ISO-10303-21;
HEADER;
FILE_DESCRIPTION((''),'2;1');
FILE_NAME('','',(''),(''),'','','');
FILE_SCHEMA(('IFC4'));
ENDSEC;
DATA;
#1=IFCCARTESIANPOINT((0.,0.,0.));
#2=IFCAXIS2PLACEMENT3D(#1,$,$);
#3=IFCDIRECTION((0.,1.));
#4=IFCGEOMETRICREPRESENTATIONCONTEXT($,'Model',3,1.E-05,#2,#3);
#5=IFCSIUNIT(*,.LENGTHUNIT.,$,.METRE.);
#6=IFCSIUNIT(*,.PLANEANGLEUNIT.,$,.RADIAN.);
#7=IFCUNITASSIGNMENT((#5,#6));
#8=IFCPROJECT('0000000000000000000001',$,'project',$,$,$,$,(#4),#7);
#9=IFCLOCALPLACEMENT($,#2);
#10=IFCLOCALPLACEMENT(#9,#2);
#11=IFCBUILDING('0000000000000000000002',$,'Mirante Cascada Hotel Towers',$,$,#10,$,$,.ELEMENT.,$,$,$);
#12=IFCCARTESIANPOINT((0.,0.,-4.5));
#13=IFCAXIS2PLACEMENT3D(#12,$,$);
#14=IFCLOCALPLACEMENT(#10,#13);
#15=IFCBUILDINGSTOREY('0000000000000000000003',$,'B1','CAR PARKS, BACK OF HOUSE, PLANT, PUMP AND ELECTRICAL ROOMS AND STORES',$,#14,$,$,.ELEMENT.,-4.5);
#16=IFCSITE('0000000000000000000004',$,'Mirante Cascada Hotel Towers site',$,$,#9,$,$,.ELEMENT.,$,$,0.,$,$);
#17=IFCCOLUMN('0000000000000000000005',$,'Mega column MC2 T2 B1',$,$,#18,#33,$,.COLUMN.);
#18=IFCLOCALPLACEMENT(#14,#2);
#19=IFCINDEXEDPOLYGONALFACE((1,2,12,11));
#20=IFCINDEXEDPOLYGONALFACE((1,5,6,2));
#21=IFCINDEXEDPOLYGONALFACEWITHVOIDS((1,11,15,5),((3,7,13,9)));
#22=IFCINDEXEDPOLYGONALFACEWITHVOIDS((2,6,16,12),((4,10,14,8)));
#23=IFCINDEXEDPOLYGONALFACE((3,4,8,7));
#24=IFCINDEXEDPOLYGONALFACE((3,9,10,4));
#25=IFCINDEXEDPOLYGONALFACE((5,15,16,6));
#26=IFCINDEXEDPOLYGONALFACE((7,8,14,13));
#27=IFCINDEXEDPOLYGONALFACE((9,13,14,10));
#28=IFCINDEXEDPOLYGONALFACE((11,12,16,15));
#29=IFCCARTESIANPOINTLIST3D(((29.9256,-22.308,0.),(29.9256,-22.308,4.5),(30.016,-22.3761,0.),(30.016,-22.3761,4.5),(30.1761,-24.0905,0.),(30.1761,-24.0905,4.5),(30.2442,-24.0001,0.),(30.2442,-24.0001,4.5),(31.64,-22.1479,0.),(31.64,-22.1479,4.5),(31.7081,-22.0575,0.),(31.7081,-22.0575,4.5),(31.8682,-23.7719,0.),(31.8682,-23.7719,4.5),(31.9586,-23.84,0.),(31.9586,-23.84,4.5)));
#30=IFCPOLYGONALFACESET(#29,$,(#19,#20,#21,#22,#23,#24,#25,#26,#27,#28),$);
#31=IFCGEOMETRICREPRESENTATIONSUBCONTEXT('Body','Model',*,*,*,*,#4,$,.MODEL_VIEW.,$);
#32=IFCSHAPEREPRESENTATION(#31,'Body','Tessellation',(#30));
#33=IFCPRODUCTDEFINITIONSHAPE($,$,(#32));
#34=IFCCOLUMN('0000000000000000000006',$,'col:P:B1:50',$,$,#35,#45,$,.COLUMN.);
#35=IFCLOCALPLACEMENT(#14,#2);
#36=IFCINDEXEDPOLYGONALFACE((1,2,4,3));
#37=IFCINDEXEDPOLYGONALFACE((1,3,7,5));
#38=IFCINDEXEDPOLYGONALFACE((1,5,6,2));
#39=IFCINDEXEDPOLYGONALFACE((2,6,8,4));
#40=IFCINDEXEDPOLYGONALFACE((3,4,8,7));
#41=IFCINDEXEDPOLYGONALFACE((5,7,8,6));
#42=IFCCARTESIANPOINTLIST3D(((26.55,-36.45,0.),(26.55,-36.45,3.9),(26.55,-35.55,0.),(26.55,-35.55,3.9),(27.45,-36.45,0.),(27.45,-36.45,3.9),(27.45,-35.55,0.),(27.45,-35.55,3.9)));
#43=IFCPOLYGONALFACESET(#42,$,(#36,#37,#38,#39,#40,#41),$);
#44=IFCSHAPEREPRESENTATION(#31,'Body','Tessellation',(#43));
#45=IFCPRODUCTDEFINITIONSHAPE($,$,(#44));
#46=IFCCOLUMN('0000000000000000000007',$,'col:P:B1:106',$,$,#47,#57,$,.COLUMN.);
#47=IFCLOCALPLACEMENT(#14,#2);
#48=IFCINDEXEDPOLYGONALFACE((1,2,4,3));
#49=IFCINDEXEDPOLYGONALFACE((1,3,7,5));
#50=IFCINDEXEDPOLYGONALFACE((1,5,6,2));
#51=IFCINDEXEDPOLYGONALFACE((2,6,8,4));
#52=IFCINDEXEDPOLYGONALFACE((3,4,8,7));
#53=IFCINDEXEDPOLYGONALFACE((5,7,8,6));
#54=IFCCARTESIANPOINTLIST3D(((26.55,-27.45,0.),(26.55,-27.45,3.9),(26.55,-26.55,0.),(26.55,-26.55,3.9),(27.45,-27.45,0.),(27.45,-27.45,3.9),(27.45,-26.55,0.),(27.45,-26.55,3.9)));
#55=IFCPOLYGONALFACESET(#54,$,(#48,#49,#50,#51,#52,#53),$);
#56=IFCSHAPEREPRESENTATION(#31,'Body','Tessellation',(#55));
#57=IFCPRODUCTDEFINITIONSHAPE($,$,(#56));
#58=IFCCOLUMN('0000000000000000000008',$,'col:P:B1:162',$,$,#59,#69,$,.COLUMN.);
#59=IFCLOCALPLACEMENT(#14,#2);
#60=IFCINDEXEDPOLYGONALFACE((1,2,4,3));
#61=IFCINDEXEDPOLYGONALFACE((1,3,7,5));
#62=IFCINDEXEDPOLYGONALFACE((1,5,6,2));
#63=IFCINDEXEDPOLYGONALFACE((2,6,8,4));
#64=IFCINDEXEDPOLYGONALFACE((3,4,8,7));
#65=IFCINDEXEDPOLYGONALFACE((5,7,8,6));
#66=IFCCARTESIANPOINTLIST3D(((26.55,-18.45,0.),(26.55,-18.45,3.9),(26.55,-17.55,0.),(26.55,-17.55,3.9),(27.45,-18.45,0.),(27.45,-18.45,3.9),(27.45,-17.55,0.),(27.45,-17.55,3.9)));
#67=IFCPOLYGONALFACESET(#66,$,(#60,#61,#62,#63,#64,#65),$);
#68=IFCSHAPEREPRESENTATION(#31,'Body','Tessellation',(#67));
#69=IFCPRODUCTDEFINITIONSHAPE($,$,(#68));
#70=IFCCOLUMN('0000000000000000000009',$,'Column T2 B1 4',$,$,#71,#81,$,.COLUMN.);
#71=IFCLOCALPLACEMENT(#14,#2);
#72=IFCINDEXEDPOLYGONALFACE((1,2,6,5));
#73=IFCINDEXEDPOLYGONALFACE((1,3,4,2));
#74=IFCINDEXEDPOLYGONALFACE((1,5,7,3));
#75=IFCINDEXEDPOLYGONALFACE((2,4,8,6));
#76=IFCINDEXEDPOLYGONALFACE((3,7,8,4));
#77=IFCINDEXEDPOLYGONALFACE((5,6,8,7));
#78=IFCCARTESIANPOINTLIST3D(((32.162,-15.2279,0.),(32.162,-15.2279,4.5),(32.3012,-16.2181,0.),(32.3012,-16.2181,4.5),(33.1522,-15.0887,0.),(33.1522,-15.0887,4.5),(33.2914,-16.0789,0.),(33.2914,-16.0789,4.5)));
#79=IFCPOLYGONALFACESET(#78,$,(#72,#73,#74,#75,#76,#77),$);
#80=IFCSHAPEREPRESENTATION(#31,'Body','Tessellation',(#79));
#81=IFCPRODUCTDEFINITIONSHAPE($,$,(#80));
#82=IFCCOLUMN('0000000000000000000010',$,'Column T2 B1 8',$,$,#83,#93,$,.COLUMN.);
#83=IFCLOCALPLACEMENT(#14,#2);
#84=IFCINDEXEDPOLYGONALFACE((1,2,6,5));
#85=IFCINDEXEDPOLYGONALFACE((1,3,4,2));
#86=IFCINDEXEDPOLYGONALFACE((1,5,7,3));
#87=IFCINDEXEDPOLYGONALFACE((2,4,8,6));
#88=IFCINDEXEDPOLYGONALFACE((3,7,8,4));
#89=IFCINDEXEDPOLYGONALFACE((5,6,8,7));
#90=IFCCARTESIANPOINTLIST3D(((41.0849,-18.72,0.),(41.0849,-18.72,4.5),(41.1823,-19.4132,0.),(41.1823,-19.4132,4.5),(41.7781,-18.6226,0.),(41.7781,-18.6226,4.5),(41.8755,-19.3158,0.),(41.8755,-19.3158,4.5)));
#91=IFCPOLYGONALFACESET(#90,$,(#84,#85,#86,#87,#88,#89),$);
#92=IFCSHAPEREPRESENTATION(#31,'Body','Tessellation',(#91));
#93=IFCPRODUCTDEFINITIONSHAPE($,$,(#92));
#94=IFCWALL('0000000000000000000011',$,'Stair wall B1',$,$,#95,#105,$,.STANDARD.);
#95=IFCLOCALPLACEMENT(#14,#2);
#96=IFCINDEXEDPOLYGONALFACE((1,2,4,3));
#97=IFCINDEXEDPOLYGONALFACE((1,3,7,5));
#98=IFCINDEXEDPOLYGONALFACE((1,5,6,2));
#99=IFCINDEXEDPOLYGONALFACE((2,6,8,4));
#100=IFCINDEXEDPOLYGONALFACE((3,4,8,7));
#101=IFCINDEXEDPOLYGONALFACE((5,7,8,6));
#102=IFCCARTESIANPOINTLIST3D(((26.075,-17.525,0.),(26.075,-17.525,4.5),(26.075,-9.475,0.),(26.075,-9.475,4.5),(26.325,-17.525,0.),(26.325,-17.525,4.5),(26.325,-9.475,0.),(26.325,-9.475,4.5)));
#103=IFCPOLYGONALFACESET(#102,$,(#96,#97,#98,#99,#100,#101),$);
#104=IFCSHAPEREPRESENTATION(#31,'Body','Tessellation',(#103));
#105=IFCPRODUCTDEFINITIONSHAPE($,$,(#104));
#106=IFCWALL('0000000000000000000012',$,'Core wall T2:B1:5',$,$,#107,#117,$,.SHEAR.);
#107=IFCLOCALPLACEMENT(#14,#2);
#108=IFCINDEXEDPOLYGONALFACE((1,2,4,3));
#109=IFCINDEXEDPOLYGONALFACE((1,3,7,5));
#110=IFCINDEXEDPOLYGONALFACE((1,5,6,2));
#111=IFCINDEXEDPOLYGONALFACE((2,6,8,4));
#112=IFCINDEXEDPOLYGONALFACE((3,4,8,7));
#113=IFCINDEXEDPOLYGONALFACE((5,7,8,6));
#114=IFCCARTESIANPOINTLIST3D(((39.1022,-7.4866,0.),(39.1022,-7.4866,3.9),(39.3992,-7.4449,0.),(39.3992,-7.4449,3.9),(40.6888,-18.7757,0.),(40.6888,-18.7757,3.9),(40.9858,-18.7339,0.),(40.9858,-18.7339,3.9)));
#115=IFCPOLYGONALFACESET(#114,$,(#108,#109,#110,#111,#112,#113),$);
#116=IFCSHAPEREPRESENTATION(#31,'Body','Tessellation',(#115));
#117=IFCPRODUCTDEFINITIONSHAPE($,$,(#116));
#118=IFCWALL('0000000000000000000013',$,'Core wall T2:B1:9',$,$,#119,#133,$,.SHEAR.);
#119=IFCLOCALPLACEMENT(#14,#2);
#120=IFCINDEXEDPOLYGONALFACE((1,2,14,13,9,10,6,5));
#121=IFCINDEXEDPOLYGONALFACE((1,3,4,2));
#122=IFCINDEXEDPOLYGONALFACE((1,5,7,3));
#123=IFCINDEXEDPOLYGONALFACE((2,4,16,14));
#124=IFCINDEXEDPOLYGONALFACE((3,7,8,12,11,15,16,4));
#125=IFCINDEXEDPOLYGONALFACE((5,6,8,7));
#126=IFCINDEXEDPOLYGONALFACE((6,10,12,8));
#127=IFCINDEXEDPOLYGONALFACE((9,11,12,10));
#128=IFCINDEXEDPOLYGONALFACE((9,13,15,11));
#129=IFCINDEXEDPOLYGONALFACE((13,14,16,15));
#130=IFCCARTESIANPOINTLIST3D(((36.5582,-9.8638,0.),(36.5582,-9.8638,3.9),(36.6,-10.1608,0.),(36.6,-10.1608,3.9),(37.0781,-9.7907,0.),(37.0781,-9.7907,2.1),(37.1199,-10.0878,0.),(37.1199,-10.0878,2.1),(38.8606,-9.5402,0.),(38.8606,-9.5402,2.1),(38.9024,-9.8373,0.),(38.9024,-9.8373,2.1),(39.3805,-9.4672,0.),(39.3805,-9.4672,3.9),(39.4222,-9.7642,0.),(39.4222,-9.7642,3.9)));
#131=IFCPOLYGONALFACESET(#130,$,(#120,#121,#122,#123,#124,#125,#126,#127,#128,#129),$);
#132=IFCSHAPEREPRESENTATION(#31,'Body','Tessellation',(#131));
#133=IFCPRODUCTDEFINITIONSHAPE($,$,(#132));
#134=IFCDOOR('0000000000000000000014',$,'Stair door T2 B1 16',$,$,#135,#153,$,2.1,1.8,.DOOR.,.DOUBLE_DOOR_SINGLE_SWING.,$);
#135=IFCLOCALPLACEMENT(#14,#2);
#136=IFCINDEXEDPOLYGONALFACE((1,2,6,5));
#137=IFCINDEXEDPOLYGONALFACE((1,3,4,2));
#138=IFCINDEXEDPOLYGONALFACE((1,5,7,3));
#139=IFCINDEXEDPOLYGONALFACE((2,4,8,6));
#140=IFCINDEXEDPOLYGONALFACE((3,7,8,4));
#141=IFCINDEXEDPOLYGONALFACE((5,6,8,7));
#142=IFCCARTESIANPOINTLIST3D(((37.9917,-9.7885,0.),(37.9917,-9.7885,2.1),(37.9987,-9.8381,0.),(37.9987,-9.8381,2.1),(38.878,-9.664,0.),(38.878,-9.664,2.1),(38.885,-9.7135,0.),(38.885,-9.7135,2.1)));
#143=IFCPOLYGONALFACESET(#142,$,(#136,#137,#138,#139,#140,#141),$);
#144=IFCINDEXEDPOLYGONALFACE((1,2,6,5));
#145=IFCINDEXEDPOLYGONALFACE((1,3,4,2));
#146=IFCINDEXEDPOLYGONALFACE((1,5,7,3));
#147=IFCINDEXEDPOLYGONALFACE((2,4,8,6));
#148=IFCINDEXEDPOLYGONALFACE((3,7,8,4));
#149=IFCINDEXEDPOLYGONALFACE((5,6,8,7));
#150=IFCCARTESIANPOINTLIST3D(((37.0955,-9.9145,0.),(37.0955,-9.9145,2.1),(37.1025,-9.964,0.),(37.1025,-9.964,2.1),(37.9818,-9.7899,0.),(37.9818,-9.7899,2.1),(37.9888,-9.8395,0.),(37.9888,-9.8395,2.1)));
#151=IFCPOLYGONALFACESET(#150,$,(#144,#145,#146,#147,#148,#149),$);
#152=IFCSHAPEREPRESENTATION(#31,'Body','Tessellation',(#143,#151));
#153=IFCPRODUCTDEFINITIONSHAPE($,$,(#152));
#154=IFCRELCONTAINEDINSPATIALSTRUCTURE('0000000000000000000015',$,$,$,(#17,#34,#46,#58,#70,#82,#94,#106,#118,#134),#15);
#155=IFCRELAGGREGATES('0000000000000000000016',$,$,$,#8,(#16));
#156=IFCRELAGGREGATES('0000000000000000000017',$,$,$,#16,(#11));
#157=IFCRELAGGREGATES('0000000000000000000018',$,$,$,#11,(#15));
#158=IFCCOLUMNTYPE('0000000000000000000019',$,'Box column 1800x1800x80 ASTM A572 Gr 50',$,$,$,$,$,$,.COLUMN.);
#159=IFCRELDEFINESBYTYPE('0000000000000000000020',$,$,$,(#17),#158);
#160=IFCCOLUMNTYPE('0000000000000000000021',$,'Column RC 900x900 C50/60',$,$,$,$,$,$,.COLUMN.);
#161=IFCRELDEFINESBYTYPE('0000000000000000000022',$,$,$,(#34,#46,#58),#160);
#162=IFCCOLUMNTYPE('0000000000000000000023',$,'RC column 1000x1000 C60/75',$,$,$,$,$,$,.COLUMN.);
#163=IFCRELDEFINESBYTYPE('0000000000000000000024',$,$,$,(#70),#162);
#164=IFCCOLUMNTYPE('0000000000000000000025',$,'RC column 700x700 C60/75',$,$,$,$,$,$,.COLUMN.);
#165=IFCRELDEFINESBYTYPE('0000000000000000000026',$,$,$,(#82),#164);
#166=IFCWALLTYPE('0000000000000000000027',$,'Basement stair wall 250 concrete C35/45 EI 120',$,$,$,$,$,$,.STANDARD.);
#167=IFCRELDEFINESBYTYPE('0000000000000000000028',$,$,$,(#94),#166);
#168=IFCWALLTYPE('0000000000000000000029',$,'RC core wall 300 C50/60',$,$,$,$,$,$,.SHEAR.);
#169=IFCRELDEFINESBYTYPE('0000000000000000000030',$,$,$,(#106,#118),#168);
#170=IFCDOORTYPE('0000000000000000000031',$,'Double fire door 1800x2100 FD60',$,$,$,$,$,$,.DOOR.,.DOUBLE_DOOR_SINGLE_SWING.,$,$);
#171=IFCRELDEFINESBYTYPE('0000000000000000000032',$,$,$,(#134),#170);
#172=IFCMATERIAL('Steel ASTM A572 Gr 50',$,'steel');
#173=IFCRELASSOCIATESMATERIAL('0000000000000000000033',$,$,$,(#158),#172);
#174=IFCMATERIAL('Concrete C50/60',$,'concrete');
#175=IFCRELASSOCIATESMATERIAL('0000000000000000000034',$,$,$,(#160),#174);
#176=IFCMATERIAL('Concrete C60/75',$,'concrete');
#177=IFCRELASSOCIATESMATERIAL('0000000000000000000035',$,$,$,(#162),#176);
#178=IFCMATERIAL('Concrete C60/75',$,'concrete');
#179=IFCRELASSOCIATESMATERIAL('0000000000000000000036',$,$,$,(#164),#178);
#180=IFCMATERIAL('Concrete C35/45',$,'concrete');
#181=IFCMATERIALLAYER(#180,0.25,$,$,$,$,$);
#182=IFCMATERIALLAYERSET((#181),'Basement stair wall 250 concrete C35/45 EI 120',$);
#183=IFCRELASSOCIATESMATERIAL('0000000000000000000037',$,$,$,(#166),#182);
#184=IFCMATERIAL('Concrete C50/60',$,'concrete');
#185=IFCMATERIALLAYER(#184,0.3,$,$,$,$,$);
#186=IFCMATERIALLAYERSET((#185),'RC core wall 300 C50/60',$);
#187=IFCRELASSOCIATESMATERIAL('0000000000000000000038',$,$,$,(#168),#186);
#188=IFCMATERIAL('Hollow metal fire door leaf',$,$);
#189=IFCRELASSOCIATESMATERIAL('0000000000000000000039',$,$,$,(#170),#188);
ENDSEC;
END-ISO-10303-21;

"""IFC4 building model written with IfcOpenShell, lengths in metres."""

from ifc_helpers import new_model, si_unit, direction, frame, frame_2d, origin, origin_2d, place, context, subcontext, project, spatial, rectangle, hollow_rectangle, extrude, material, layer, layer_set, material_profile, profile_set, type_object, element, fill, save


model = new_model("IFC4")

# Units and contexts
model_context = context("Model", 3, precision=1e-05, world=origin(), true_north=direction((0.0, 1.0)))
body_context = subcontext(model_context, "Body", "Model", "MODEL_VIEW")
ifc_project = project(units=[si_unit("LENGTHUNIT", "METRE"), si_unit("PLANEANGLEUNIT", "RADIAN")], contexts=[model_context])

# Site, building, storey
site_placement = place(None, origin())
site = spatial("IfcSite", under=ifc_project, at=site_placement, Name="Mirante Cascada Hotel Towers site", CompositionType="ELEMENT", RefElevation=0.0)
building_placement = place(site_placement, origin())
building = spatial("IfcBuilding", under=site, at=building_placement, Name="Mirante Cascada Hotel Towers", CompositionType="ELEMENT")
storey_placement = place(building_placement, frame((0.0, 0.0, -4.5)))
storey = spatial("IfcBuildingStorey", under=building, at=storey_placement, Name="B1", Description="CAR PARKS, BACK OF HOUSE, PLANT, PUMP AND ELECTRICAL ROOMS AND STORES", CompositionType="ELEMENT", Elevation=-4.5)

# Columns
ifc_material_1 = material(Name="Steel ASTM A572 Gr 50", Category="steel")
ifc_material_profile_1 = material_profile(ifc_material_1, hollow_rectangle(XDim=1.8, YDim=1.8, WallThickness=0.08, at=origin_2d()), Name="Box column 1800x1800x80 ASTM A572 Gr 50")
ifc_profile_set_1 = profile_set([ifc_material_profile_1], Name="Steel ASTM A572 Gr 50")
column_type_1 = type_object("IfcColumnType", Name="Box column 1800x1800x80 ASTM A572 Gr 50", PredefinedType="COLUMN", material=ifc_profile_set_1)
column_1_placement = place(storey_placement, frame((30.9421, -23.074, 0.0), z_axis=(0.0, 0.0, 1.0), x_axis=(0.990268, 0.139173, 0.0)))
element("IfcColumn", 1, at=column_1_placement, inside=storey, type_object=column_type_1, Name="Mega column MC2 T2 B1", PredefinedType="COLUMN", context=body_context, shape_type="SweptSolid", body=[
    extrude(hollow_rectangle(XDim=1.8, YDim=1.8, WallThickness=0.08, at=origin_2d()), origin(), (0.0, 0.0, 1.0), 4.5),
])
ifc_material_2 = material(Name="Concrete C50/60", Category="concrete")
ifc_material_profile_2 = material_profile(ifc_material_2, rectangle(XDim=0.9, YDim=0.9, at=origin_2d()), Name="RC 900x900")
ifc_profile_set_2 = profile_set([ifc_material_profile_2], Name="Concrete C50/60")
column_type_2 = type_object("IfcColumnType", Name="Column RC 900x900 C50/60", PredefinedType="COLUMN", material=ifc_profile_set_2)
for number, where, z_axis, x_axis, name in (
    (2, (27.0, -36.0, 0.0), (0.0, 0.0, 1.0), (1.0, 0.0, 0.0), "col:P:B1:50"),
    (3, (27.0, -27.0, 0.0), (0.0, 0.0, 1.0), (1.0, 0.0, 0.0), "col:P:B1:106"),
    (4, (27.0, -18.0, 0.0), (0.0, 0.0, 1.0), (1.0, 0.0, 0.0), "col:P:B1:162"),
):
    element("IfcColumn", number, at=place(storey_placement, frame(where, z_axis=z_axis, x_axis=x_axis)), inside=storey, type_object=column_type_2, Name=name, PredefinedType="COLUMN", context=body_context, shape_type="SweptSolid", body=[
        extrude(rectangle(XDim=0.9, YDim=0.9, at=origin_2d()), origin(), (0.0, 0.0, 1.0), 3.9),
    ])
ifc_material_3 = material(Name="Concrete C60/75", Category="concrete")
ifc_material_profile_3 = material_profile(ifc_material_3, rectangle(XDim=1.0, YDim=1.0, at=origin_2d()), Name="RC column 1000x1000 C60/75")
ifc_profile_set_3 = profile_set([ifc_material_profile_3], Name="Concrete C60/75")
column_type_3 = type_object("IfcColumnType", Name="RC column 1000x1000 C60/75", PredefinedType="COLUMN", material=ifc_profile_set_3)
column_2_placement = place(storey_placement, frame((32.7267, -15.6534, 0.0), z_axis=(0.0, 0.0, 1.0), x_axis=(0.990268, 0.139173, 0.0)))
element("IfcColumn", 5, at=column_2_placement, inside=storey, type_object=column_type_3, Name="Column T2 B1 4", PredefinedType="COLUMN", context=body_context, shape_type="SweptSolid", body=[
    extrude(rectangle(XDim=1.0, YDim=1.0, at=origin_2d()), origin(), (0.0, 0.0, 1.0), 4.5),
])
ifc_material_4 = material(Name="Concrete C60/75", Category="concrete")
ifc_material_profile_4 = material_profile(ifc_material_4, rectangle(XDim=0.7, YDim=0.7, at=origin_2d()), Name="RC column 700x700 C60/75")
ifc_profile_set_4 = profile_set([ifc_material_profile_4], Name="Concrete C60/75")
column_type_4 = type_object("IfcColumnType", Name="RC column 700x700 C60/75", PredefinedType="COLUMN", material=ifc_profile_set_4)
column_3_placement = place(storey_placement, frame((41.4802, -19.0179, 0.0), z_axis=(0.0, 0.0, 1.0), x_axis=(0.990268, 0.139173, 0.0)))
element("IfcColumn", 6, at=column_3_placement, inside=storey, type_object=column_type_4, Name="Column T2 B1 8", PredefinedType="COLUMN", context=body_context, shape_type="SweptSolid", body=[
    extrude(rectangle(XDim=0.7, YDim=0.7, at=origin_2d()), origin(), (0.0, 0.0, 1.0), 4.5),
])

# Walls
ifc_material_5 = material(Name="Concrete C35/45", Category="concrete")
ifc_layer_1 = layer(ifc_material_5, 0.25)
ifc_layer_set_1 = layer_set([ifc_layer_1], Name="Basement stair wall 250 concrete C35/45 EI 120")
wall_type_1 = type_object("IfcWallType", Name="Basement stair wall 250 concrete C35/45 EI 120", PredefinedType="STANDARD", material=ifc_layer_set_1)
wall_1_placement = place(storey_placement, frame((26.2, -17.525, 0.0), z_axis=(0.0, 0.0, 1.0), x_axis=(0.0, 1.0, 0.0)))
element("IfcWall", 7, at=wall_1_placement, inside=storey, type_object=wall_type_1, Name="Stair wall B1", PredefinedType="STANDARD", context=body_context, shape_type="SweptSolid", body=[
    extrude(rectangle(XDim=8.05, YDim=0.25, at=frame_2d((4.025, 0.0))), origin(), (0.0, 0.0, 1.0), 4.5),
])
ifc_material_6 = material(Name="Concrete C50/60", Category="concrete")
ifc_layer_2 = layer(ifc_material_6, 0.3)
ifc_layer_set_2 = layer_set([ifc_layer_2], Name="RC core wall 300 C50/60")
wall_type_2 = type_object("IfcWallType", Name="RC core wall 300 C50/60", PredefinedType="SHEAR", material=ifc_layer_set_2)
wall_2_placement = place(storey_placement, frame((40.8373, -18.7548, 0.0), z_axis=(0.0, 0.0, 1.0), x_axis=(-0.139175, 0.990268, 0.0)))
element("IfcWall", 8, at=wall_2_placement, inside=storey, type_object=wall_type_2, Name="Core wall T2:B1:5", PredefinedType="SHEAR", context=body_context, shape_type="SweptSolid", body=[
    extrude(rectangle(XDim=11.4, YDim=0.3, at=frame_2d((5.7, 0.0))), origin(), (0.0, 0.0, 1.0), 3.9),
])

# Wall, opening, door
wall_3_placement = place(storey_placement, frame((36.5791, -10.0123, 0.0), z_axis=(0.0, 0.0, 1.0), x_axis=(0.99027, 0.139156, 0.0)))
wall_3 = element("IfcWall", 9, at=wall_3_placement, inside=storey, type_object=wall_type_2, Name="Core wall T2:B1:9", PredefinedType="SHEAR", context=body_context, shape_type="SweptSolid", body=[
    extrude(rectangle(XDim=2.85, YDim=0.3, at=frame_2d((1.425, 0.0))), origin(), (0.0, 0.0, 1.0), 3.9),
])
opening_1_placement = place(wall_3_placement, frame((0.525, 0.0, 0.0)))
opening_1 = element("IfcOpeningElement", 10, at=opening_1_placement, cuts=wall_3, PredefinedType="OPENING", context=body_context, shape_type="SweptSolid", body=[
    extrude(rectangle(XDim=1.8, YDim=2.1, at=frame_2d((0.9, 1.05))), frame((0.0, 0.15, 0.0), z_axis=(0.0, -1.0, 0.0), x_axis=(1.0, 0.0, 0.0)), (0.0, 0.0, 1.0), 0.3),
])
ifc_material_7 = material(Name="Hollow metal fire door leaf")
door_type_1 = type_object("IfcDoorType", Name="Double fire door 1800x2100 FD60", OperationType="DOUBLE_DOOR_SINGLE_SWING", PredefinedType="DOOR", material=ifc_material_7)
door_1_placement = place(opening_1_placement, frame((1.8, 0.0, 0.0), z_axis=(0.0, 0.0, 1.0), x_axis=(-1.0, 0.0, 0.0)))
door_1 = element("IfcDoor", 11, at=door_1_placement, inside=storey, type_object=door_type_1, Name="Stair door T2 B1 16", OperationType="DOUBLE_DOOR_SINGLE_SWING", OverallHeight=2.1, OverallWidth=1.8, PredefinedType="DOOR", context=body_context, shape_type="SweptSolid", body=[
    extrude(rectangle(XDim=0.895, YDim=2.1, at=frame_2d((0.4475, 1.05))), frame((0.0, 0.025, 0.0), z_axis=(0.0, -1.0, 0.0), x_axis=(1.0, 0.0, 0.0)), (0.0, 0.0, 1.0), 0.05),
    extrude(rectangle(XDim=0.895, YDim=2.1, at=frame_2d((1.3525, 1.05))), frame((0.0, 0.025, 0.0), z_axis=(0.0, -1.0, 0.0), x_axis=(1.0, 0.0, 0.0)), (0.0, 0.0, 1.0), 0.05),
])
fill(opening_1, door_1)

save(model, "model.ifc")
